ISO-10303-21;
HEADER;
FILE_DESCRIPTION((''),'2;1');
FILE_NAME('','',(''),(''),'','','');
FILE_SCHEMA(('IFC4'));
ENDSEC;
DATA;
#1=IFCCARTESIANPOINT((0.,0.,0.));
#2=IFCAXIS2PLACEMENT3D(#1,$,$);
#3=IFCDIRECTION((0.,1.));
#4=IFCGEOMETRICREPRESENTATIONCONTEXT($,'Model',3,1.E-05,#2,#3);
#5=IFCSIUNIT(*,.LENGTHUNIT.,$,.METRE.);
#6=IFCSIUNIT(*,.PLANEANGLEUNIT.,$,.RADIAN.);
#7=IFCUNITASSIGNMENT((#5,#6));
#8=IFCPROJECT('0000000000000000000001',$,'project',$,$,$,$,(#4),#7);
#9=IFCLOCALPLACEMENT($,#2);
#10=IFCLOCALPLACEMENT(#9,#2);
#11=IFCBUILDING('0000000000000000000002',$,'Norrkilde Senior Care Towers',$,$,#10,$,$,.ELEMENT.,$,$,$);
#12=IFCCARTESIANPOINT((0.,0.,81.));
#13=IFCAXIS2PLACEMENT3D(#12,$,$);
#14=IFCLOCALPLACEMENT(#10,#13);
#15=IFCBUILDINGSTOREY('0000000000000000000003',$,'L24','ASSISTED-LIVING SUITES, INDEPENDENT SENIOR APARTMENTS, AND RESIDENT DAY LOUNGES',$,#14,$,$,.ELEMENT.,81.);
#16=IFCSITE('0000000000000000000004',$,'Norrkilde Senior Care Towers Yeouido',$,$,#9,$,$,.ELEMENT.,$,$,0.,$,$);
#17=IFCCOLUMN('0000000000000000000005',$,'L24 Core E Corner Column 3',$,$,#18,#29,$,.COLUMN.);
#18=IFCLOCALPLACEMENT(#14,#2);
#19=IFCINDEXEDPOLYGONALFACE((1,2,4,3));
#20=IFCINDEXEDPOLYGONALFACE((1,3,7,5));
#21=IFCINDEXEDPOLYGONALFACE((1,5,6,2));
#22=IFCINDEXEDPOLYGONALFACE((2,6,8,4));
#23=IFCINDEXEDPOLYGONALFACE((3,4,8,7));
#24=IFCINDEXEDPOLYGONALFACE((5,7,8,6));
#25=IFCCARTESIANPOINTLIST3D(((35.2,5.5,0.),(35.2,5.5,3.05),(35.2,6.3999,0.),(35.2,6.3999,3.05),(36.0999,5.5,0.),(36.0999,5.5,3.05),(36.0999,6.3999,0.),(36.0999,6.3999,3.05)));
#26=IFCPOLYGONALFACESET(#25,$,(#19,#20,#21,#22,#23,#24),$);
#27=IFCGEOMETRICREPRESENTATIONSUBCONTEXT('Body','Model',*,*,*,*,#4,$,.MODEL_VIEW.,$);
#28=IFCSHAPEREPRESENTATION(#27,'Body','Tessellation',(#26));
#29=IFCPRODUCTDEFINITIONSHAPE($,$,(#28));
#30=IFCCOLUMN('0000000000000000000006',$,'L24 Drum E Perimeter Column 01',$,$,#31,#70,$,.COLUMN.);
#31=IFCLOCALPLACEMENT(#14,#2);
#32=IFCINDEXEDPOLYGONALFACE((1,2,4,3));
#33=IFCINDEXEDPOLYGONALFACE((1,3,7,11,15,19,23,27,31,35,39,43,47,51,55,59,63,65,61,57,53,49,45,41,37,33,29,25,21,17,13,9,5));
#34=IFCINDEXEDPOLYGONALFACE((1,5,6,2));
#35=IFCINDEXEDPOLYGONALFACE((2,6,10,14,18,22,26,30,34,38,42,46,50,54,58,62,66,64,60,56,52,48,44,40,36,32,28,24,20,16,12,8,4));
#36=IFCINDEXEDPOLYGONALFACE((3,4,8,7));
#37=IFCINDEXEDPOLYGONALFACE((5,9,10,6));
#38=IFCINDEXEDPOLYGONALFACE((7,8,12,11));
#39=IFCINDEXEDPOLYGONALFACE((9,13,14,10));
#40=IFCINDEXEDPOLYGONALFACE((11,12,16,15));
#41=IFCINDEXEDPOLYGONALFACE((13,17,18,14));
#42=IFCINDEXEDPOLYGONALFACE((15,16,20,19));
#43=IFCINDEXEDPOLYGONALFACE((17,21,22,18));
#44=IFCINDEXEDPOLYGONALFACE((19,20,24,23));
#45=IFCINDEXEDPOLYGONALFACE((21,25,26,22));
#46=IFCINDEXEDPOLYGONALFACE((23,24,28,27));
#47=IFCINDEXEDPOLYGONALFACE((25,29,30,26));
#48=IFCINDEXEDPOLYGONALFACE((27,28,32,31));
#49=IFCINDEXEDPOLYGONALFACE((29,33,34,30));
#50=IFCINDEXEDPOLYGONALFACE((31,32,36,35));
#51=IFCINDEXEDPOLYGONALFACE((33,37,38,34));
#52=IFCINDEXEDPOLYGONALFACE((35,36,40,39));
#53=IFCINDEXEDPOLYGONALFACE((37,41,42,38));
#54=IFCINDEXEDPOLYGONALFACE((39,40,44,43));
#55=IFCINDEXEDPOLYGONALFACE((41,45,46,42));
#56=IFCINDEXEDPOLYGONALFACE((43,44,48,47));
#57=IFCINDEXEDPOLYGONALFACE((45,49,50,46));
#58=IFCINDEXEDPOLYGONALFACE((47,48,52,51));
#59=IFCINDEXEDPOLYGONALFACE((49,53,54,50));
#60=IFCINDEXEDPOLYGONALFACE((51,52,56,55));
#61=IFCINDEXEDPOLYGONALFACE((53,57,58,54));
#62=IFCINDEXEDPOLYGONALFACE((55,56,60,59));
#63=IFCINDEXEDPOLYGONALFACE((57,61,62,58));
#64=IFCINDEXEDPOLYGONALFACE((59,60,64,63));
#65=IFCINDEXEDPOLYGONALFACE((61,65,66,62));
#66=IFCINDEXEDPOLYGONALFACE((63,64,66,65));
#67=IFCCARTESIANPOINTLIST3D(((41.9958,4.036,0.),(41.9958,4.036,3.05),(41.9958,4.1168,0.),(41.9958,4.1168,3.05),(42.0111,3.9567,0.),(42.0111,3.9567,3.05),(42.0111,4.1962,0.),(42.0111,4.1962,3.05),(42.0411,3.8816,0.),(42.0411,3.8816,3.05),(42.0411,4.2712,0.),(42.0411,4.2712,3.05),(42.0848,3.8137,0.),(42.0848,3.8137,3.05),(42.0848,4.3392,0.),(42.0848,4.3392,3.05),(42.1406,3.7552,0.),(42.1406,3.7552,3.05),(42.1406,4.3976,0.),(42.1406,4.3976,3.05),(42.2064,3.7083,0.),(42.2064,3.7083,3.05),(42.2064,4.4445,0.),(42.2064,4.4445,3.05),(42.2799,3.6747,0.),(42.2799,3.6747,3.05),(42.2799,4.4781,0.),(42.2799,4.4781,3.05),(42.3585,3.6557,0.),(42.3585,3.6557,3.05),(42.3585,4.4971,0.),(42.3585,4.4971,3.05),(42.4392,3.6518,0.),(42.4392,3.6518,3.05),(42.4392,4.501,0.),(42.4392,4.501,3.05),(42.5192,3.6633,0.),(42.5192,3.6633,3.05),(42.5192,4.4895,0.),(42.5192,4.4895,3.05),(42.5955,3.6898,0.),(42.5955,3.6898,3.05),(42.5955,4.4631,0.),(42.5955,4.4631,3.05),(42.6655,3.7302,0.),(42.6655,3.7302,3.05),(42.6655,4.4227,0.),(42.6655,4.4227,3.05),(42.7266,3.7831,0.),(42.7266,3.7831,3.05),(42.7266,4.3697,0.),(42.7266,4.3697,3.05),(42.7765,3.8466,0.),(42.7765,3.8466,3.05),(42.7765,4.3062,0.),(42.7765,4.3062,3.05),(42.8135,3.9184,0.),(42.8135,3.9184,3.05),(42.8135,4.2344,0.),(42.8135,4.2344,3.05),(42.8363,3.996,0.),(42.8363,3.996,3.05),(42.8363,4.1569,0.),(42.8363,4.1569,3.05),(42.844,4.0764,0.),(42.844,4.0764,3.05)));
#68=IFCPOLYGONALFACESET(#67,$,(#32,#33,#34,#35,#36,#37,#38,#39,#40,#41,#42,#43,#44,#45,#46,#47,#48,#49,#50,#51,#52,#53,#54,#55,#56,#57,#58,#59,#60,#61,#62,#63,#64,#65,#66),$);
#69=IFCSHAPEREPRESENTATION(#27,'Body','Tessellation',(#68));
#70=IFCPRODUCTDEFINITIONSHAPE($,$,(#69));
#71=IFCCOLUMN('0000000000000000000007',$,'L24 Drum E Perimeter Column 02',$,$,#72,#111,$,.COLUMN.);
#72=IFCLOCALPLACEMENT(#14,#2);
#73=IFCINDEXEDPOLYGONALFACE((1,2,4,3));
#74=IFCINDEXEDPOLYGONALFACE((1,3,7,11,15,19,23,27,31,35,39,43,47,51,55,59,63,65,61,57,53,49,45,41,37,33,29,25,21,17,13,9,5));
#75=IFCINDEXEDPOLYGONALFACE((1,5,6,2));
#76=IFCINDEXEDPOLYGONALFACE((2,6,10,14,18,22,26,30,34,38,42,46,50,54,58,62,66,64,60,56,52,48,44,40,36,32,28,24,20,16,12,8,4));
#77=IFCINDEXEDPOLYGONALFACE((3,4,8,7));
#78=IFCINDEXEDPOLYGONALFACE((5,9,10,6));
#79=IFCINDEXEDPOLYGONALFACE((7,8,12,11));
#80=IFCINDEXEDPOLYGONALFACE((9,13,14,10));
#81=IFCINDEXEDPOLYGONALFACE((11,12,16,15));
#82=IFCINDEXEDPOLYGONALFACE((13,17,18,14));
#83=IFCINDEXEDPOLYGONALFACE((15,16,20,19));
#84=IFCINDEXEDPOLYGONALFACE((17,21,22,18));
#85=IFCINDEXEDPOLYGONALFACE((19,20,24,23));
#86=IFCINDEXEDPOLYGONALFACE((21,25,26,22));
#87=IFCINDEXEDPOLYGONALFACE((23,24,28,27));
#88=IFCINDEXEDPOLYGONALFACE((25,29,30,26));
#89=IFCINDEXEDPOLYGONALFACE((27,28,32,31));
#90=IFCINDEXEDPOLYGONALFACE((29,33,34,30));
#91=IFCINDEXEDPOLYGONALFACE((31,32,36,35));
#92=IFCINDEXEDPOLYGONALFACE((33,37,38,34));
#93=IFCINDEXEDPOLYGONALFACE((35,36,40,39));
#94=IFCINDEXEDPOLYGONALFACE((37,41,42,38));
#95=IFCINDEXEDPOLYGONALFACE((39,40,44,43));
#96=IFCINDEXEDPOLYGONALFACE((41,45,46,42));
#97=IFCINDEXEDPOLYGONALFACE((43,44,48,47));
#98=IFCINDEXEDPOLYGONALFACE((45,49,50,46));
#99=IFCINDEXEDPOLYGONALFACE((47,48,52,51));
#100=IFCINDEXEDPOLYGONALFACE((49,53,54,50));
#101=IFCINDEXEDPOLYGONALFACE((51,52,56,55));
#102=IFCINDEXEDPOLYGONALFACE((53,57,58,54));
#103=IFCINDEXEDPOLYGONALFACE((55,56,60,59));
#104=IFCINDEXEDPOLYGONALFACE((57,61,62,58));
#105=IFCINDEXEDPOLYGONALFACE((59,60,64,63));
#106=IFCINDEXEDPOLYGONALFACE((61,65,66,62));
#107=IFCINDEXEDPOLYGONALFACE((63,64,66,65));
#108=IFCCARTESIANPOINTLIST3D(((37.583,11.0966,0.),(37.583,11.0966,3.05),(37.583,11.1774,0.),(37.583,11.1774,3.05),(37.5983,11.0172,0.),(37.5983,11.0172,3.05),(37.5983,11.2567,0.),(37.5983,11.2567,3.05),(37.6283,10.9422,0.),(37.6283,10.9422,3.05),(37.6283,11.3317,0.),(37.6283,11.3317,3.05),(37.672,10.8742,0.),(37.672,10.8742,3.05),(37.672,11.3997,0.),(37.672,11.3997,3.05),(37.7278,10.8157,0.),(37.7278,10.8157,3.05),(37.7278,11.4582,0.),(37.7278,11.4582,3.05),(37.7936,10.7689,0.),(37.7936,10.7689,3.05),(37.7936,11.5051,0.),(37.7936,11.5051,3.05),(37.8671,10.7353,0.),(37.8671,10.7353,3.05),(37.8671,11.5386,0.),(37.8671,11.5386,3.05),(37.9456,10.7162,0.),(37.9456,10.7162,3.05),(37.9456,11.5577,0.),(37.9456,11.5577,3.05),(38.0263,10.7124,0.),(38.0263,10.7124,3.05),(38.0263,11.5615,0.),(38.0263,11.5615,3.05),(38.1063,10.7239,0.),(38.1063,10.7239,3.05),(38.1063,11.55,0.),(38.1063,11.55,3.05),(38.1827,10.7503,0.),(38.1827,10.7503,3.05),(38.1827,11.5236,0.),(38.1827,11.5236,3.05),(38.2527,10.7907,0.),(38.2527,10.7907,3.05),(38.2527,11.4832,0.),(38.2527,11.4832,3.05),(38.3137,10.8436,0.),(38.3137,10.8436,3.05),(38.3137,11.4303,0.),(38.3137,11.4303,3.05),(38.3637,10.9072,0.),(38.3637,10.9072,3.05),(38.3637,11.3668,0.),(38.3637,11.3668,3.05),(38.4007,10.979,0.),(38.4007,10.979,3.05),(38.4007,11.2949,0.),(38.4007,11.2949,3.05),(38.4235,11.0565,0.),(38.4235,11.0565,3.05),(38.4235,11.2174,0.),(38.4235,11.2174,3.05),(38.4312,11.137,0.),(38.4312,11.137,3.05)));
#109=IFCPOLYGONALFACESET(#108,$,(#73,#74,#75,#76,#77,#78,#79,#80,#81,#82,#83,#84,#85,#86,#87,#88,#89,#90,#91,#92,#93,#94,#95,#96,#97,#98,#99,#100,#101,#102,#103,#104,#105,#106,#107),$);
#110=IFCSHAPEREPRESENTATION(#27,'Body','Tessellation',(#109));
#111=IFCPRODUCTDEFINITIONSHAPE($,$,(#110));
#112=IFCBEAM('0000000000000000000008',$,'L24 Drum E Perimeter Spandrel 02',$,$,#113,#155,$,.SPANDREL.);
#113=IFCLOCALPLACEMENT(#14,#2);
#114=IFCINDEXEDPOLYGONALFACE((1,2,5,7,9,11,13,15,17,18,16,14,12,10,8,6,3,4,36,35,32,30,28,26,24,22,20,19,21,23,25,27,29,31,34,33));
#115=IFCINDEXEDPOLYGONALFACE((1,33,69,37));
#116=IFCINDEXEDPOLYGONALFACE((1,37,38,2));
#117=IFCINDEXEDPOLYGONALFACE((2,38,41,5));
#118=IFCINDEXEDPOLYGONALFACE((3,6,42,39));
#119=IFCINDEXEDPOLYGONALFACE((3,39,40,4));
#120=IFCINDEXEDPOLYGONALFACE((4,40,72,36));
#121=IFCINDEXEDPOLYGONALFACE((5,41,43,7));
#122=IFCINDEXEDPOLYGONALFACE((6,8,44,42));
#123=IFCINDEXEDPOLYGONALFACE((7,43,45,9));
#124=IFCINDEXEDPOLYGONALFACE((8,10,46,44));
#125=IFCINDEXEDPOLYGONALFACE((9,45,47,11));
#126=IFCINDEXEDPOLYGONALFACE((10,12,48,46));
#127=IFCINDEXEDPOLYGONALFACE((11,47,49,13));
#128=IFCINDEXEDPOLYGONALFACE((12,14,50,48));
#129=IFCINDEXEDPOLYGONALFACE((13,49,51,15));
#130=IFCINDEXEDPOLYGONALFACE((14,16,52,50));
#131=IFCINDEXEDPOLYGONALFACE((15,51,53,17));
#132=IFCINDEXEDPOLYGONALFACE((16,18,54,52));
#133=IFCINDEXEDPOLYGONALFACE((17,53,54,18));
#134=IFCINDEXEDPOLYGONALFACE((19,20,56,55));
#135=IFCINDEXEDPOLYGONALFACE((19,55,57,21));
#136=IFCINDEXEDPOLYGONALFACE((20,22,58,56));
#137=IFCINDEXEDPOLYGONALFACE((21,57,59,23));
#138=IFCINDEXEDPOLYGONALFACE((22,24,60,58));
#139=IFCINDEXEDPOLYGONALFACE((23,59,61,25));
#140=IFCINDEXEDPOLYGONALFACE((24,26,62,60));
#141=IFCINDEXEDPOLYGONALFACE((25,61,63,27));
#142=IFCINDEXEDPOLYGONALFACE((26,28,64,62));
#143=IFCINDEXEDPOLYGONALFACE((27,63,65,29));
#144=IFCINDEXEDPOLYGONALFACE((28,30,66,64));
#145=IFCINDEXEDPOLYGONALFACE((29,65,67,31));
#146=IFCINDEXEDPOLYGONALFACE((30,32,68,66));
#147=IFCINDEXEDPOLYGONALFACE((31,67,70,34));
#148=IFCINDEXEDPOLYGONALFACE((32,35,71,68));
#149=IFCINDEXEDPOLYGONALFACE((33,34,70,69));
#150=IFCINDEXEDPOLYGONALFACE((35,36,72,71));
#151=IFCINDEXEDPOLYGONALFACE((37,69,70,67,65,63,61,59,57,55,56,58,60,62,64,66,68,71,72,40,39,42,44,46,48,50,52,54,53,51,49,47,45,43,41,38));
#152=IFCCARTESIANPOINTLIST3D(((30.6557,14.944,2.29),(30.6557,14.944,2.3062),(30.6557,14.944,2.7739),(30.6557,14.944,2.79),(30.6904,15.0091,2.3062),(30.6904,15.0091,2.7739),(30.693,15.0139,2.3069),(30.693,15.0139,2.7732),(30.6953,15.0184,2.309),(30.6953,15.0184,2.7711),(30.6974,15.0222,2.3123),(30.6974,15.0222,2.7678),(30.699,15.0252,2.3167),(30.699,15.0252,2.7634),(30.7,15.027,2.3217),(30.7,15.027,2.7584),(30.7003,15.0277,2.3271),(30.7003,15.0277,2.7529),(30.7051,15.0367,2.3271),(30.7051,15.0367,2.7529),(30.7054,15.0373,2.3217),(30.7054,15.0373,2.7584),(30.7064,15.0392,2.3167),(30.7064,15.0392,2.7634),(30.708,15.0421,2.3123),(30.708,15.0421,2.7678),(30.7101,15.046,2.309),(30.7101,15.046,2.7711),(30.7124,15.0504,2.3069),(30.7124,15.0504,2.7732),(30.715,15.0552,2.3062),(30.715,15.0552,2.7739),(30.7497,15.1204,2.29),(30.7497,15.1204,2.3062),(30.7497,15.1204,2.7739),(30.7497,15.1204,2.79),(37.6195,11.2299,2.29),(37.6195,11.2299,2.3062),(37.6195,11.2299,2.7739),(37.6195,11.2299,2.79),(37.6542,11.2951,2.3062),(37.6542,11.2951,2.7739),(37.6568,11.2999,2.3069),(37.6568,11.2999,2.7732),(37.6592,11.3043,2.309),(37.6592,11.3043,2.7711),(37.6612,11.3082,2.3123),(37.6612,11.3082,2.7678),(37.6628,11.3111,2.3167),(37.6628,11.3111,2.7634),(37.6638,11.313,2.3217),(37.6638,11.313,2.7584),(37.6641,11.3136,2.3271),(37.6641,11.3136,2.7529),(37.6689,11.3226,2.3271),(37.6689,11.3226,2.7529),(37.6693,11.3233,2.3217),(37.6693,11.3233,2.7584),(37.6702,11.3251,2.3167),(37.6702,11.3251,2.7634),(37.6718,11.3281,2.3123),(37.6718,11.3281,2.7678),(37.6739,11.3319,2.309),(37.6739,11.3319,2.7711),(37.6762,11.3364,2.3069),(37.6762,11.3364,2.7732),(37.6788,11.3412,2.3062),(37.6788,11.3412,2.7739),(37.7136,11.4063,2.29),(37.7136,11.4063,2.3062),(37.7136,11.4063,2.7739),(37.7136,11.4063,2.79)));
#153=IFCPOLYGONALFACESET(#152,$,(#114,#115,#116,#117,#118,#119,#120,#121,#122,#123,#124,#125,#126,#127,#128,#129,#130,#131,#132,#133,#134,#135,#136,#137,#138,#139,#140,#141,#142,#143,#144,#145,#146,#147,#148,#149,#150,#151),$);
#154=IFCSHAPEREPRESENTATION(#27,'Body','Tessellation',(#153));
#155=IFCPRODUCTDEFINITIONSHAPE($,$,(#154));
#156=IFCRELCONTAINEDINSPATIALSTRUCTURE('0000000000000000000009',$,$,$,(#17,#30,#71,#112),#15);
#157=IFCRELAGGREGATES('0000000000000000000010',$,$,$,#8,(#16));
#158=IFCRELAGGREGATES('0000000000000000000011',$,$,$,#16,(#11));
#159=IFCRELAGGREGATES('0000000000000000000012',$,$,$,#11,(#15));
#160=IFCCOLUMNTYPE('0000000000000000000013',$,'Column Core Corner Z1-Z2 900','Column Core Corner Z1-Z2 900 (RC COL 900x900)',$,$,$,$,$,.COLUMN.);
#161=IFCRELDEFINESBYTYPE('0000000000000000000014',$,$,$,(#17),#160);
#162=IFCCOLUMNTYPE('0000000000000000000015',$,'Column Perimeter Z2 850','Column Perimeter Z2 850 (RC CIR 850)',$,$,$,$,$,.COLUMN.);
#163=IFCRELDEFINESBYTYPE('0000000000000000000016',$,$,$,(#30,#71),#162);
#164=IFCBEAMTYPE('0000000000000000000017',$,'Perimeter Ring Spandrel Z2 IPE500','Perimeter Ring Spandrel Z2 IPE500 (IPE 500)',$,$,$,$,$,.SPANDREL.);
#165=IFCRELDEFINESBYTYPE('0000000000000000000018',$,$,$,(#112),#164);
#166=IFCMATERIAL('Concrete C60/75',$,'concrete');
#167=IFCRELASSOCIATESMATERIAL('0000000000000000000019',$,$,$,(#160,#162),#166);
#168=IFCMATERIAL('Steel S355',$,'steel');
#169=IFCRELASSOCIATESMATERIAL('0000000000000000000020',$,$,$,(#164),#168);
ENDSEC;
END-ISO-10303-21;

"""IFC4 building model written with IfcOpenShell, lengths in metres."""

from ifc_helpers import new_model, si_unit, direction, frame, origin, origin_2d, place, context, subcontext, project, spatial, rectangle, circle, i_section, extrude, source, transform, mapped, material, material_profile, profile_set, type_object, type_shapes, element, save


model = new_model("IFC4")

# Units and contexts
model_context = context("Model", 3, precision=1e-05, world=origin(), true_north=direction((0.0, 1.0)))
body_context = subcontext(model_context, "Body", "Model", "MODEL_VIEW")
ifc_project = project(units=[si_unit("LENGTHUNIT", "METRE"), si_unit("PLANEANGLEUNIT", "RADIAN")], contexts=[model_context])

# Site, building, storey
site_placement = place(None, origin())
site = spatial("IfcSite", under=ifc_project, at=site_placement, Name="Norrkilde Senior Care Towers Yeouido", CompositionType="ELEMENT", RefElevation=0.0)
building_placement = place(site_placement, origin())
building = spatial("IfcBuilding", under=site, at=building_placement, Name="Norrkilde Senior Care Towers", CompositionType="ELEMENT")
storey_placement = place(building_placement, frame((0.0, 0.0, 81.0)))
storey = spatial("IfcBuildingStorey", under=building, at=storey_placement, Name="L24", Description="ASSISTED-LIVING SUITES, INDEPENDENT SENIOR APARTMENTS, AND RESIDENT DAY LOUNGES", CompositionType="ELEMENT", Elevation=81.0)

# Columns
ifc_material_1 = material(Name="Concrete C60/75", Category="concrete")
ifc_material_profile_1 = material_profile(ifc_material_1, rectangle(XDim=0.8999, YDim=0.8999, at=origin_2d()), Name="RC COL 900x900")
ifc_profile_set_1 = profile_set([ifc_material_profile_1], Name="Concrete C60/75")
column_type_1 = type_object("IfcColumnType", Name="Column Core Corner Z1-Z2 900", Description="Column Core Corner Z1-Z2 900 (RC COL 900x900)", PredefinedType="COLUMN", material=ifc_profile_set_1)
shared_shape_1 = source(origin(), body_context, "Body", "SweptSolid", [
    extrude(rectangle(XDim=0.8999, YDim=0.8999, at=origin_2d()), origin(), (0.0, 0.0, 1.0), 3.05),
])
type_shapes(column_type_1, [shared_shape_1])
column_placement = place(storey_placement, frame((35.6499, 5.95, 0.0), z_axis=(0.0, 0.0, 1.0), x_axis=(1.0, 0.0, 0.0)))
element("IfcColumn", 1, at=column_placement, inside=storey, type_object=column_type_1, Name="L24 Core E Corner Column 3", PredefinedType="COLUMN", context=body_context, shape_type="MappedRepresentation", body=[
    mapped(shared_shape_1, transform((0.0, 0.0, 0.0), x_axis=(1.0, 0.0, 0.0), y_axis=(0.0, 1.0, 0.0), z_axis=(0.0, 0.0, 1.0), scale=1.0)),
])
ifc_material_profile_2 = material_profile(ifc_material_1, circle(Radius=0.425, at=origin_2d()), Name="RC CIR 850")
ifc_profile_set_2 = profile_set([ifc_material_profile_2], Name="Concrete C60/75")
column_type_2 = type_object("IfcColumnType", Name="Column Perimeter Z2 850", Description="Column Perimeter Z2 850 (RC CIR 850)", PredefinedType="COLUMN", material=ifc_profile_set_2)
shared_shape_2 = source(origin(), body_context, "Body", "SweptSolid", [
    extrude(circle(Radius=0.425, at=origin_2d()), origin(), (0.0, 0.0, 1.0), 3.05),
])
type_shapes(column_type_2, [shared_shape_2])
for number, where, z_axis, x_axis, name in (
    (2, (42.4189, 4.0764, 0.0), (0.0, 0.0, 1.0), (1.0, 0.0, 0.0), "L24 Drum E Perimeter Column 01"),
    (3, (38.0061, 11.137, 0.0), (0.0, 0.0, 1.0), (1.0, 0.0, 0.0), "L24 Drum E Perimeter Column 02"),
):
    element("IfcColumn", number, at=place(storey_placement, frame(where, z_axis=z_axis, x_axis=x_axis)), inside=storey, type_object=column_type_2, Name=name, PredefinedType="COLUMN", context=body_context, shape_type="MappedRepresentation", body=[
        mapped(shared_shape_2, transform((0.0, 0.0, 0.0), x_axis=(1.0, 0.0, 0.0), y_axis=(0.0, 1.0, 0.0), z_axis=(0.0, 0.0, 1.0), scale=1.0)),
    ])

# Beam
ifc_material_2 = material(Name="Steel S355", Category="steel")
ifc_material_profile_3 = material_profile(ifc_material_2, i_section(OverallWidth=0.2, OverallDepth=0.5, WebThickness=0.0103, FlangeThickness=0.0161, FilletRadius=0.021, at=origin_2d()), Name="IPE 500")
ifc_profile_set_3 = profile_set([ifc_material_profile_3], Name="Steel S355")
beam_type_1 = type_object("IfcBeamType", Name="Perimeter Ring Spandrel Z2 IPE500", Description="Perimeter Ring Spandrel Z2 IPE500 (IPE 500)", PredefinedType="SPANDREL", material=ifc_profile_set_3)
shared_shape_3 = source(origin(), body_context, "Body", "SweptSolid", [
    extrude(i_section(OverallWidth=0.2, OverallDepth=0.5, WebThickness=0.0103, FlangeThickness=0.0161, FilletRadius=0.021, at=origin_2d()), origin(), (0.0, 0.0, 1.0), 7.8923),
])
beam_1_placement = place(storey_placement, frame((37.6665, 11.3181, 2.54), z_axis=(-0.88235, 0.470593, 0.0), x_axis=(-0.470593, -0.88235, 0.0)))
element("IfcBeam", 4, at=beam_1_placement, inside=storey, type_object=beam_type_1, Name="L24 Drum E Perimeter Spandrel 02", PredefinedType="SPANDREL", context=body_context, shape_type="MappedRepresentation", body=[
    mapped(shared_shape_3, transform((0.0, 0.0, 0.0), x_axis=(1.0, 0.0, 0.0), y_axis=(0.0, 1.0, 0.0), z_axis=(0.0, 0.0, 1.0), scale=1.0)),
])

save(model, "model.ifc")
